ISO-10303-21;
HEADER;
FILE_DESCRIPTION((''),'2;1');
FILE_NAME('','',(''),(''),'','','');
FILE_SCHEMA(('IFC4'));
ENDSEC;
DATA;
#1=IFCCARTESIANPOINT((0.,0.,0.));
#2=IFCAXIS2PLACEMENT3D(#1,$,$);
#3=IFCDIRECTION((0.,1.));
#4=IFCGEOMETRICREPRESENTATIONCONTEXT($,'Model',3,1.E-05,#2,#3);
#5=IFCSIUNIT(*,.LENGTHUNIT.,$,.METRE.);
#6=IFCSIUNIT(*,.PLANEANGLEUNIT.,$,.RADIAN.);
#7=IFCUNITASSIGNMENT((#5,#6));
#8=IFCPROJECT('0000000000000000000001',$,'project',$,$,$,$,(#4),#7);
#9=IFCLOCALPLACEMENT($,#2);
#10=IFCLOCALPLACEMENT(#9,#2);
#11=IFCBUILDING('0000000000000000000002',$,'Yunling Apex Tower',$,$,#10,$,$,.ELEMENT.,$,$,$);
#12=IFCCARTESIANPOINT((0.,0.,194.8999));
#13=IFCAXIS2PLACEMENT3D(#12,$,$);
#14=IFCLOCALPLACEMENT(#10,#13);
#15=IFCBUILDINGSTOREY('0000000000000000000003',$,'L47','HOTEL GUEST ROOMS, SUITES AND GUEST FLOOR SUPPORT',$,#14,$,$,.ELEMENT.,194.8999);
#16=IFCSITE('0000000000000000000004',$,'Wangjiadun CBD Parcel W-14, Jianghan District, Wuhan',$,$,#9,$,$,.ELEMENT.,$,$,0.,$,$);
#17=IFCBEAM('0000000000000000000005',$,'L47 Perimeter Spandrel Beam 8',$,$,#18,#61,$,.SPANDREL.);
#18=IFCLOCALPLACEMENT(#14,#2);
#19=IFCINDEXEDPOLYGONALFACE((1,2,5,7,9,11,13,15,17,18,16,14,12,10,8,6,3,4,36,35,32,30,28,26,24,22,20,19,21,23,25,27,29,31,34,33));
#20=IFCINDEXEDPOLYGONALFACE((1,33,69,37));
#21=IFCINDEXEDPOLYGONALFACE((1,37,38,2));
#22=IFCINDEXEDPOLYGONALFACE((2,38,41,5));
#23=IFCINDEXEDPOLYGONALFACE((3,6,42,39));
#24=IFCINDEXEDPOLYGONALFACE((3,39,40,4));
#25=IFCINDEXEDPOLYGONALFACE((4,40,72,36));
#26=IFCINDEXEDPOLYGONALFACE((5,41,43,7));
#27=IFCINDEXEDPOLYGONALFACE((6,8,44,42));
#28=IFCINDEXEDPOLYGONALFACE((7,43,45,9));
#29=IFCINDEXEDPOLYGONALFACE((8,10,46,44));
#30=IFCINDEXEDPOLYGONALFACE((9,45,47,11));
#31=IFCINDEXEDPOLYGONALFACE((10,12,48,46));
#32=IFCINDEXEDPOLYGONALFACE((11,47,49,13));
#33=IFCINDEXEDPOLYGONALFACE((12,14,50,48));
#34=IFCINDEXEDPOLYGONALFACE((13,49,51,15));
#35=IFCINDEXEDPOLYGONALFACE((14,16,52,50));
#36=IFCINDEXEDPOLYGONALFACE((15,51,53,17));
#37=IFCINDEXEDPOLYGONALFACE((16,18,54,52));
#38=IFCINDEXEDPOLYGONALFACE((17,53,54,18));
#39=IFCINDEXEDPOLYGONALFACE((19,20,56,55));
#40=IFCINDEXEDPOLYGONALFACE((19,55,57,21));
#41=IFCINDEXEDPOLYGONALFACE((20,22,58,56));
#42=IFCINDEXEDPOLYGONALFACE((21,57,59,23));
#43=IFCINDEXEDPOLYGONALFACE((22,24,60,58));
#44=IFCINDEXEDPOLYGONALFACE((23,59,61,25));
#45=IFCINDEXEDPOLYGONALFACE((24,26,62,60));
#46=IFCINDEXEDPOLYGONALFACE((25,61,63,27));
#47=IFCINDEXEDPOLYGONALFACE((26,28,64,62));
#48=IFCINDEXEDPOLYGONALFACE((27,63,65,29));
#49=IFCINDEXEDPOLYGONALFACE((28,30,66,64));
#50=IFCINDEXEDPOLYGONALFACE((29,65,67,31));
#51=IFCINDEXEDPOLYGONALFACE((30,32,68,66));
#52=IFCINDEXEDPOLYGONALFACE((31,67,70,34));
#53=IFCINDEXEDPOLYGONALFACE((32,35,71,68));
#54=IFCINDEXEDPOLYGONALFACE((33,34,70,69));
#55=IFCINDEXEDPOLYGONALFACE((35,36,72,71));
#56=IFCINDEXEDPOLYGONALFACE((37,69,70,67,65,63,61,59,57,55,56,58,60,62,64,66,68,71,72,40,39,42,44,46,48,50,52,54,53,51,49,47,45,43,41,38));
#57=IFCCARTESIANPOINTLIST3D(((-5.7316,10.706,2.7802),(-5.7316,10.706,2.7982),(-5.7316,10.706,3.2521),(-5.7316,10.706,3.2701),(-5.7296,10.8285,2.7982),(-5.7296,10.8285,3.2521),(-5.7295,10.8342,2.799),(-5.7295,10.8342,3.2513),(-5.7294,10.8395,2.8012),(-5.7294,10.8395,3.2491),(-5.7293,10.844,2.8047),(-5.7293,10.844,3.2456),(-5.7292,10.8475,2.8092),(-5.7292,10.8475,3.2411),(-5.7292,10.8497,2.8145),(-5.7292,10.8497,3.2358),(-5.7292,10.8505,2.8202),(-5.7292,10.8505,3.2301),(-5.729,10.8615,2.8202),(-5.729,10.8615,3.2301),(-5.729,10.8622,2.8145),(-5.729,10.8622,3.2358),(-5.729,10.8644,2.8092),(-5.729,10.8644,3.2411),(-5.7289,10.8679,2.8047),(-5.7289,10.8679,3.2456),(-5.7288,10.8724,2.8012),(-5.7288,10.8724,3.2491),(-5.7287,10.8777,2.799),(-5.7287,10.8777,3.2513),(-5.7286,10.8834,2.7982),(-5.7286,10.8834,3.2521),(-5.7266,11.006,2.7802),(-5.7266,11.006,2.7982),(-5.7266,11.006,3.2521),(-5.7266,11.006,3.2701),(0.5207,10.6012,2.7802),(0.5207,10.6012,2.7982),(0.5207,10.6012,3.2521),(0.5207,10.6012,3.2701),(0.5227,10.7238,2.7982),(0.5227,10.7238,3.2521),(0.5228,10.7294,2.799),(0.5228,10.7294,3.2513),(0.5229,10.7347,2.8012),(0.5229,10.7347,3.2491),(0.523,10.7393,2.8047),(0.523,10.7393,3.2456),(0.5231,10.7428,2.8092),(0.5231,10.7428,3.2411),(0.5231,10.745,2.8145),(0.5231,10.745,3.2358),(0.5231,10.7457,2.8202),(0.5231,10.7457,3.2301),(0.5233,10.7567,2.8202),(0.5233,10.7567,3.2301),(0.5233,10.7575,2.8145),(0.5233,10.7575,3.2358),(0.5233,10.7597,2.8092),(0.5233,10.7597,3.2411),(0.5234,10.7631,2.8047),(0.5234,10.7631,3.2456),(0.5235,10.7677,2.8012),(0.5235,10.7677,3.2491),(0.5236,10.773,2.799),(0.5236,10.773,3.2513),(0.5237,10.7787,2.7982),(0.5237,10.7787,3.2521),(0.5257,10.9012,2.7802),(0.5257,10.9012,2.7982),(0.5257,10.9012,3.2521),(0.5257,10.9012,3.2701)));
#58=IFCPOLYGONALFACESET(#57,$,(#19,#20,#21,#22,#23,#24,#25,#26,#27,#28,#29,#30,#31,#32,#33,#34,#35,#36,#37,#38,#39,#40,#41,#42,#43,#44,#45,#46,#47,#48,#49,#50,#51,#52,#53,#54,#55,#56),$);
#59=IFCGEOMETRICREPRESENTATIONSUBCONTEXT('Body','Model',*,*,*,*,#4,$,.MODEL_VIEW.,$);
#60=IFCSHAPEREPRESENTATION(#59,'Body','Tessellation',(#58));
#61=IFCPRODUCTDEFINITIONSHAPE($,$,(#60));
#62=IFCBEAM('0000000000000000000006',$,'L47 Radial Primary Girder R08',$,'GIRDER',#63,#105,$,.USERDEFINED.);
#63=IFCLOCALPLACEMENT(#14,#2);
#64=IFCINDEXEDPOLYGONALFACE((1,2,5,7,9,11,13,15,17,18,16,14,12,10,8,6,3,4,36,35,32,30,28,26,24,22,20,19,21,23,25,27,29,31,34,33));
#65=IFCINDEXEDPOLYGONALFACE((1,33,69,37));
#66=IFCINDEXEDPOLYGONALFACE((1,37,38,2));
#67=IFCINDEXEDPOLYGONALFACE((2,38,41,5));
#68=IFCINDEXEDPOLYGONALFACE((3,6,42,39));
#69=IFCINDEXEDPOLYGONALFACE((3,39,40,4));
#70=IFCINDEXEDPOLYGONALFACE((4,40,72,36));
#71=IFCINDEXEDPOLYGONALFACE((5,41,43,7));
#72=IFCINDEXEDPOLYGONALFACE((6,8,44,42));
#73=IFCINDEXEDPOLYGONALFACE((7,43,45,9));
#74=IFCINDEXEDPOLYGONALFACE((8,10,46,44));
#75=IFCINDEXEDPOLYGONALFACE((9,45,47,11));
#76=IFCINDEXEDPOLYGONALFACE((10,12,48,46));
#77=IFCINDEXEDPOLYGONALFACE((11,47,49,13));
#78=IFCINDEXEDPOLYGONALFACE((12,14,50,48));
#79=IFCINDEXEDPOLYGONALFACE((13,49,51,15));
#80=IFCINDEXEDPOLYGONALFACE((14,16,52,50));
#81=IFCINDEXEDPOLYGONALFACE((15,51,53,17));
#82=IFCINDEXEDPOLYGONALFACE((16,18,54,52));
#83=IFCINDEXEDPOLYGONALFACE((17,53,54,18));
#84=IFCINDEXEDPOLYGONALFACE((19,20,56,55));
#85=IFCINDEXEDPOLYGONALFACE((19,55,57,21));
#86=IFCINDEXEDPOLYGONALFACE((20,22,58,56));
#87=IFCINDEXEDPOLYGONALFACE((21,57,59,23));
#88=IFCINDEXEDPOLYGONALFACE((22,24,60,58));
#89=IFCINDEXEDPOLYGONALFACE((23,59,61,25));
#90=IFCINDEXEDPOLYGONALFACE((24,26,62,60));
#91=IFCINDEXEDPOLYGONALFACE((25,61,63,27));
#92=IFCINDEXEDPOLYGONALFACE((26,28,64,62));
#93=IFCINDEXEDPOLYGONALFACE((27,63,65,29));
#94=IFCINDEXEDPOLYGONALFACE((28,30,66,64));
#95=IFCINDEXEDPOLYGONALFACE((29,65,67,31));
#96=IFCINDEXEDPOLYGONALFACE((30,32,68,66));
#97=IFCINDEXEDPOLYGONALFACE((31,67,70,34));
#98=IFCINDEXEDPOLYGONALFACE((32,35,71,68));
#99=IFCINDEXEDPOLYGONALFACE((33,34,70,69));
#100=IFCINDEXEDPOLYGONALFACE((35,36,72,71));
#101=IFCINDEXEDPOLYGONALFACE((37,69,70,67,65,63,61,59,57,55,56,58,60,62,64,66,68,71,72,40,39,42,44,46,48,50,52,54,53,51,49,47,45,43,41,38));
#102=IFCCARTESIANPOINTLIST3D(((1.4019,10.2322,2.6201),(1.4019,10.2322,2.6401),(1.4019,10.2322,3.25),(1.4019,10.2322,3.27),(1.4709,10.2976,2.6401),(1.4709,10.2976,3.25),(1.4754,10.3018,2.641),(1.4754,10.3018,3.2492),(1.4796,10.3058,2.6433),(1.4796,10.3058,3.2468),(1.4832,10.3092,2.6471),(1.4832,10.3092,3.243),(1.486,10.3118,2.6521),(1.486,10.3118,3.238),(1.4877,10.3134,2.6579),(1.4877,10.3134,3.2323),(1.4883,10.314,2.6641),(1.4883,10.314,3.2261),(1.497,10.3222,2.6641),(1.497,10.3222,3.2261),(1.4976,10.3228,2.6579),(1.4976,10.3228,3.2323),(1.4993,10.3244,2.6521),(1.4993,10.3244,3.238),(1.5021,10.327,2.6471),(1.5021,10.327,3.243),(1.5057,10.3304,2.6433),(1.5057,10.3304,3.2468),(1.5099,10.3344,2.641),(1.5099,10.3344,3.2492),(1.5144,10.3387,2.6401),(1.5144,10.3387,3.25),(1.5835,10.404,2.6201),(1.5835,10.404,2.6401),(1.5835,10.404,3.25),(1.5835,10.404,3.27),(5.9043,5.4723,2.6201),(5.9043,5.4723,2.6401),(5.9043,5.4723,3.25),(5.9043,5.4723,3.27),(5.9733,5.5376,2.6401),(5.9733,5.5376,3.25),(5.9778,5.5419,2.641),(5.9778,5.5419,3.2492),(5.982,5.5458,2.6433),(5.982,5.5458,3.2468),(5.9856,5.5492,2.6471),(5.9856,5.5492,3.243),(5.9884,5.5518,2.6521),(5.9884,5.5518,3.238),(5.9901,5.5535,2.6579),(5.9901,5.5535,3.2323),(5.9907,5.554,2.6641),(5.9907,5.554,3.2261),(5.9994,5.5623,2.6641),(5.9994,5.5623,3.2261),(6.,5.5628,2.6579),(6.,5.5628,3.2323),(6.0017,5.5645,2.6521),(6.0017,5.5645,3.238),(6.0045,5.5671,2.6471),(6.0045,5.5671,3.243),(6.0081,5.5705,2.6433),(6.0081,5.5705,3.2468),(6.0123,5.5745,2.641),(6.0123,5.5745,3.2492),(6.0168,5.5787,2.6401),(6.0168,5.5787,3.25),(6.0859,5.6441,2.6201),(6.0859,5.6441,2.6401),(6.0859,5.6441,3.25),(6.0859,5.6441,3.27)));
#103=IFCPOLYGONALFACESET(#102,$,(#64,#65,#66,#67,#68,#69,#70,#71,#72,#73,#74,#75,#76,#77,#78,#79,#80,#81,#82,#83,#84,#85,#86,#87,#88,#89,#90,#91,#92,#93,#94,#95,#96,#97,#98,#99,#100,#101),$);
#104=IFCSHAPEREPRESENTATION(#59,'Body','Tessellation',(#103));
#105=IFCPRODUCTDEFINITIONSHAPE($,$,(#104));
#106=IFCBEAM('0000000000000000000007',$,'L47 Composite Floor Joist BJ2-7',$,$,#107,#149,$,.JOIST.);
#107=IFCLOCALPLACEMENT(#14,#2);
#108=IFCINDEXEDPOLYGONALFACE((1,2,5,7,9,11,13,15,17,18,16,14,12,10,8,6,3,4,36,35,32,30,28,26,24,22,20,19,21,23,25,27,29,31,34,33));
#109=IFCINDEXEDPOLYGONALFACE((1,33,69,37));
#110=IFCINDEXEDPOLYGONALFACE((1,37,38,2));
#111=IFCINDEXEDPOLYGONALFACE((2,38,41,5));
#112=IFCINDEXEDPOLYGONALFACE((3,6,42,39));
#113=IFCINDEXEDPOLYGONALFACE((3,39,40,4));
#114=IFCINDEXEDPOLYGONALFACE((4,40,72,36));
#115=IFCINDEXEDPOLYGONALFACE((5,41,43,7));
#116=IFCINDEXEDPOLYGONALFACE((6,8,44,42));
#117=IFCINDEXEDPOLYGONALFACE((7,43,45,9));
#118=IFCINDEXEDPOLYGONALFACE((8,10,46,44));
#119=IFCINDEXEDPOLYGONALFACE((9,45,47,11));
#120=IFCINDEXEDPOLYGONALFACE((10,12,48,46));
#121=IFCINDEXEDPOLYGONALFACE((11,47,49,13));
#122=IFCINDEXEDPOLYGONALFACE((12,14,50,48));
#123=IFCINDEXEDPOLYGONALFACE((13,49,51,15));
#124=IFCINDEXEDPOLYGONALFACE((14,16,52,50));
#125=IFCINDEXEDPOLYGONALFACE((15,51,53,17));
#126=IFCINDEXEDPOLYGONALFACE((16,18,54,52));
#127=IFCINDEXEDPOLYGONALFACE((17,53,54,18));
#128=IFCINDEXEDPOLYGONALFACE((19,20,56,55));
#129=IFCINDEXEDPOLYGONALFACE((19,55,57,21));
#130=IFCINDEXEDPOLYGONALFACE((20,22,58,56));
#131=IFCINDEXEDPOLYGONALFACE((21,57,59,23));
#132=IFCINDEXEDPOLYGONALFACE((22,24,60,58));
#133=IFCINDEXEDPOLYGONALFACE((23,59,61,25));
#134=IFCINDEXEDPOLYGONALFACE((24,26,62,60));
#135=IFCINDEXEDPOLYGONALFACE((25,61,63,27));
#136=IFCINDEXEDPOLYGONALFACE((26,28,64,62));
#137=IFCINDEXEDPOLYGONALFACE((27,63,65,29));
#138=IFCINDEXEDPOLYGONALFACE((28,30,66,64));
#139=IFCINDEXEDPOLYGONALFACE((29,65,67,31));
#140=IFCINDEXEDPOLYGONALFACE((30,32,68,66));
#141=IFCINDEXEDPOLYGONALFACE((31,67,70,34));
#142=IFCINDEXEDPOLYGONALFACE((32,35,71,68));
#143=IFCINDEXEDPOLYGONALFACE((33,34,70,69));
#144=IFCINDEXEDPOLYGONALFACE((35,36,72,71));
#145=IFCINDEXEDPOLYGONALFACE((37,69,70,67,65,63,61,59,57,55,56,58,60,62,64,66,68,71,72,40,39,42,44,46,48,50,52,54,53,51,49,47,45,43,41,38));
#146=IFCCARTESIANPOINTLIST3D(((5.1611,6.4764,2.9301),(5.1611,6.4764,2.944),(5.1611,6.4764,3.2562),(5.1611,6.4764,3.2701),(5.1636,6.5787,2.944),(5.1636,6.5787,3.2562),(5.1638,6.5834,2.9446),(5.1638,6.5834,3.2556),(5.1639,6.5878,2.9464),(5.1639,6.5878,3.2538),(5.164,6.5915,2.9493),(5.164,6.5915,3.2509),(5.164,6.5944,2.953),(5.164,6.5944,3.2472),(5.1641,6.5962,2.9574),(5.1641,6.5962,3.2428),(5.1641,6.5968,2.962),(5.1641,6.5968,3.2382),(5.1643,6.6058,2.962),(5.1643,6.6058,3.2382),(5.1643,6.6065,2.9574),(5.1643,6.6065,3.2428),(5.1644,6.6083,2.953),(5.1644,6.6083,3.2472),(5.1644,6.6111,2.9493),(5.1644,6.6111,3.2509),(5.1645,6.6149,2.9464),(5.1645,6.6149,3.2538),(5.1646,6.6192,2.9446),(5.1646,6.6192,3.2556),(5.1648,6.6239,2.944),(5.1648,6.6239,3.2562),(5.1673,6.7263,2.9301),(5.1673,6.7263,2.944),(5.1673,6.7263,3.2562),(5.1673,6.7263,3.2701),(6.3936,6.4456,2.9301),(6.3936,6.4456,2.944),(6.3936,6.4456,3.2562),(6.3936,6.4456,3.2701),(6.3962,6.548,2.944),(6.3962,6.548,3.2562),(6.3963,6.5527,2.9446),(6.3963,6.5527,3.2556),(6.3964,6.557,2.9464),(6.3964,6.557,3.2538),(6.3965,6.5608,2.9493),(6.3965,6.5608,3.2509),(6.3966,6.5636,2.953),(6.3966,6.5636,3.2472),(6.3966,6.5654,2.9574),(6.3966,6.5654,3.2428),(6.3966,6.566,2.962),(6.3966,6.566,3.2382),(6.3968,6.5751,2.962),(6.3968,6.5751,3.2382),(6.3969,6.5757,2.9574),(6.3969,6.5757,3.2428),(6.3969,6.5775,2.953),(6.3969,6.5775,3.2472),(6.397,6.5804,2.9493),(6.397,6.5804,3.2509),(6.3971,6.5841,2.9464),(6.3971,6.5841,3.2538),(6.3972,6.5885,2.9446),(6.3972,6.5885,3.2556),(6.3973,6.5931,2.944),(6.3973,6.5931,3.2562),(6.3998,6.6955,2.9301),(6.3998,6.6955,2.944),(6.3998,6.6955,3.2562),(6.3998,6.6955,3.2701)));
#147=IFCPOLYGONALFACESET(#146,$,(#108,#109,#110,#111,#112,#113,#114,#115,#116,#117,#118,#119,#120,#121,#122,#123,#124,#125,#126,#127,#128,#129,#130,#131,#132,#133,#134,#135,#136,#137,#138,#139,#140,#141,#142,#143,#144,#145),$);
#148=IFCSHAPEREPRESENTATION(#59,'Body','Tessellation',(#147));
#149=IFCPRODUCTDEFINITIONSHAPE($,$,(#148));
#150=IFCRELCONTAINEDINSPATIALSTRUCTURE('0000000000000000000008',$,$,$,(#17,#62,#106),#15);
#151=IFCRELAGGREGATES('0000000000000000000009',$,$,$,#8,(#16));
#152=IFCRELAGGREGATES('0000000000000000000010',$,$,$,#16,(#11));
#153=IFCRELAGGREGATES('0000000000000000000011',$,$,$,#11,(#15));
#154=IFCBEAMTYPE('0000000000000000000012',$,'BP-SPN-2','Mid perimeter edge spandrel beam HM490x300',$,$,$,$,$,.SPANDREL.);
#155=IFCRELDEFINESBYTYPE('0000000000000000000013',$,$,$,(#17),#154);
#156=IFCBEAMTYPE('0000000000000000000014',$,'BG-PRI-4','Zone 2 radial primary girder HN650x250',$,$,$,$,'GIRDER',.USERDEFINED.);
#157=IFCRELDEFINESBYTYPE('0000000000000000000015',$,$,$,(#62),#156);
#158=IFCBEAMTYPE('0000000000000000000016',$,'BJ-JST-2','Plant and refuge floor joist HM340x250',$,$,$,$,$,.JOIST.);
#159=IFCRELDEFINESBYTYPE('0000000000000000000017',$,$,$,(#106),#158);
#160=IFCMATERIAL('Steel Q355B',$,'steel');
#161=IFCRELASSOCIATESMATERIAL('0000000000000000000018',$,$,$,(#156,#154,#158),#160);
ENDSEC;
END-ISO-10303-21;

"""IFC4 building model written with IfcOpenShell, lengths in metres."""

from ifc_helpers import new_model, si_unit, direction, frame, origin, origin_2d, place, context, subcontext, project, spatial, i_section, extrude, source, transform, mapped, material, material_profile, profile_set, type_object, element, save


model = new_model("IFC4")

# Units and contexts
model_context = context("Model", 3, precision=1e-05, world=origin(), true_north=direction((0.0, 1.0)))
body_context = subcontext(model_context, "Body", "Model", "MODEL_VIEW")
ifc_project = project(units=[si_unit("LENGTHUNIT", "METRE"), si_unit("PLANEANGLEUNIT", "RADIAN")], contexts=[model_context])

# Site, building, storey
site_placement = place(None, origin())
site = spatial("IfcSite", under=ifc_project, at=site_placement, Name="Wangjiadun CBD Parcel W-14, Jianghan District, Wuhan", CompositionType="ELEMENT", RefElevation=0.0)
building_placement = place(site_placement, origin())
building = spatial("IfcBuilding", under=site, at=building_placement, Name="Yunling Apex Tower", CompositionType="ELEMENT")
storey_placement = place(building_placement, frame((0.0, 0.0, 194.8999)))
storey = spatial("IfcBuildingStorey", under=building, at=storey_placement, Name="L47", Description="HOTEL GUEST ROOMS, SUITES AND GUEST FLOOR SUPPORT", CompositionType="ELEMENT", Elevation=194.8999)

# Beams
ifc_material_1 = material(Name="Steel Q355B", Category="steel")
ifc_material_profile_1 = material_profile(ifc_material_1, i_section(OverallWidth=0.25, OverallDepth=0.6499, WebThickness=0.012, FlangeThickness=0.02, FilletRadius=0.0239, at=origin_2d()))
ifc_profile_set_1 = profile_set([ifc_material_profile_1], Name="Steel Q355B")
beam_type_1 = type_object("IfcBeamType", Name="BG-PRI-4", Description="Zone 2 radial primary girder HN650x250", ElementType="GIRDER", PredefinedType="USERDEFINED", material=ifc_profile_set_1)
ifc_material_profile_2 = material_profile(ifc_material_1, i_section(OverallWidth=0.3, OverallDepth=0.49, WebThickness=0.011, FlangeThickness=0.0181, FilletRadius=0.022, at=origin_2d()))
ifc_profile_set_2 = profile_set([ifc_material_profile_2], Name="Steel Q355B")
beam_type_2 = type_object("IfcBeamType", Name="BP-SPN-2", Description="Mid perimeter edge spandrel beam HM490x300", PredefinedType="SPANDREL", material=ifc_profile_set_2)
shared_shape_1 = source(origin(), body_context, "Body", "SweptSolid", [
    extrude(i_section(OverallWidth=0.3, OverallDepth=0.49, WebThickness=0.011, FlangeThickness=0.0181, FilletRadius=0.022, at=origin_2d()), origin(), (0.0, 0.0, 1.0), 6.2532),
])
beam_1_placement = place(storey_placement, frame((0.5232, 10.7512, 3.0251), z_axis=(-0.99986, 0.01675, 0.0), x_axis=(-0.01675, -0.99986, 0.0)))
element("IfcBeam", 1, at=beam_1_placement, inside=storey, type_object=beam_type_2, Name="L47 Perimeter Spandrel Beam 8", PredefinedType="SPANDREL", context=body_context, shape_type="MappedRepresentation", body=[
    mapped(shared_shape_1, transform((0.0, 0.0, 0.0), scale=1.0)),
])
shared_shape_2 = source(origin(), body_context, "Body", "SweptSolid", [
    extrude(i_section(OverallWidth=0.25, OverallDepth=0.6499, WebThickness=0.012, FlangeThickness=0.02, FilletRadius=0.0239, at=origin_2d()), origin(), (0.0, 0.0, 1.0), 6.552),
])
beam_2_placement = place(storey_placement, frame((1.4927, 10.3181, 2.9451), z_axis=(0.687178, -0.726489, 0.0), x_axis=(0.726489, 0.687178, 0.0)))
element("IfcBeam", 2, at=beam_2_placement, inside=storey, type_object=beam_type_1, Name="L47 Radial Primary Girder R08", ObjectType="GIRDER", PredefinedType="USERDEFINED", context=body_context, shape_type="MappedRepresentation", body=[
    mapped(shared_shape_2, transform((0.0, 0.0, 0.0), scale=1.0)),
])
ifc_material_profile_3 = material_profile(ifc_material_1, i_section(OverallWidth=0.25, OverallDepth=0.3401, WebThickness=0.009, FlangeThickness=0.0139, FilletRadius=0.0181, at=origin_2d()))
ifc_profile_set_3 = profile_set([ifc_material_profile_3], Name="Steel Q355B")
beam_type_3 = type_object("IfcBeamType", Name="BJ-JST-2", Description="Plant and refuge floor joist HM340x250", PredefinedType="JOIST", material=ifc_profile_set_3)
shared_shape_3 = source(origin(), body_context, "Body", "SweptSolid", [
    extrude(i_section(OverallWidth=0.25, OverallDepth=0.3401, WebThickness=0.009, FlangeThickness=0.0139, FilletRadius=0.0181, at=origin_2d()), origin(), (0.0, 0.0, 1.0), 1.2329),
])
beam_3_placement = place(storey_placement, frame((6.3967, 6.5706, 3.1001), z_axis=(-0.999689, 0.024953, 0.0), x_axis=(-0.024953, -0.999689, 0.0)))
element("IfcBeam", 3, at=beam_3_placement, inside=storey, type_object=beam_type_3, Name="L47 Composite Floor Joist BJ2-7", PredefinedType="JOIST", context=body_context, shape_type="MappedRepresentation", body=[
    mapped(shared_shape_3, transform((0.0, 0.0, 0.0), scale=1.0)),
])

save(model, "model.ifc")
